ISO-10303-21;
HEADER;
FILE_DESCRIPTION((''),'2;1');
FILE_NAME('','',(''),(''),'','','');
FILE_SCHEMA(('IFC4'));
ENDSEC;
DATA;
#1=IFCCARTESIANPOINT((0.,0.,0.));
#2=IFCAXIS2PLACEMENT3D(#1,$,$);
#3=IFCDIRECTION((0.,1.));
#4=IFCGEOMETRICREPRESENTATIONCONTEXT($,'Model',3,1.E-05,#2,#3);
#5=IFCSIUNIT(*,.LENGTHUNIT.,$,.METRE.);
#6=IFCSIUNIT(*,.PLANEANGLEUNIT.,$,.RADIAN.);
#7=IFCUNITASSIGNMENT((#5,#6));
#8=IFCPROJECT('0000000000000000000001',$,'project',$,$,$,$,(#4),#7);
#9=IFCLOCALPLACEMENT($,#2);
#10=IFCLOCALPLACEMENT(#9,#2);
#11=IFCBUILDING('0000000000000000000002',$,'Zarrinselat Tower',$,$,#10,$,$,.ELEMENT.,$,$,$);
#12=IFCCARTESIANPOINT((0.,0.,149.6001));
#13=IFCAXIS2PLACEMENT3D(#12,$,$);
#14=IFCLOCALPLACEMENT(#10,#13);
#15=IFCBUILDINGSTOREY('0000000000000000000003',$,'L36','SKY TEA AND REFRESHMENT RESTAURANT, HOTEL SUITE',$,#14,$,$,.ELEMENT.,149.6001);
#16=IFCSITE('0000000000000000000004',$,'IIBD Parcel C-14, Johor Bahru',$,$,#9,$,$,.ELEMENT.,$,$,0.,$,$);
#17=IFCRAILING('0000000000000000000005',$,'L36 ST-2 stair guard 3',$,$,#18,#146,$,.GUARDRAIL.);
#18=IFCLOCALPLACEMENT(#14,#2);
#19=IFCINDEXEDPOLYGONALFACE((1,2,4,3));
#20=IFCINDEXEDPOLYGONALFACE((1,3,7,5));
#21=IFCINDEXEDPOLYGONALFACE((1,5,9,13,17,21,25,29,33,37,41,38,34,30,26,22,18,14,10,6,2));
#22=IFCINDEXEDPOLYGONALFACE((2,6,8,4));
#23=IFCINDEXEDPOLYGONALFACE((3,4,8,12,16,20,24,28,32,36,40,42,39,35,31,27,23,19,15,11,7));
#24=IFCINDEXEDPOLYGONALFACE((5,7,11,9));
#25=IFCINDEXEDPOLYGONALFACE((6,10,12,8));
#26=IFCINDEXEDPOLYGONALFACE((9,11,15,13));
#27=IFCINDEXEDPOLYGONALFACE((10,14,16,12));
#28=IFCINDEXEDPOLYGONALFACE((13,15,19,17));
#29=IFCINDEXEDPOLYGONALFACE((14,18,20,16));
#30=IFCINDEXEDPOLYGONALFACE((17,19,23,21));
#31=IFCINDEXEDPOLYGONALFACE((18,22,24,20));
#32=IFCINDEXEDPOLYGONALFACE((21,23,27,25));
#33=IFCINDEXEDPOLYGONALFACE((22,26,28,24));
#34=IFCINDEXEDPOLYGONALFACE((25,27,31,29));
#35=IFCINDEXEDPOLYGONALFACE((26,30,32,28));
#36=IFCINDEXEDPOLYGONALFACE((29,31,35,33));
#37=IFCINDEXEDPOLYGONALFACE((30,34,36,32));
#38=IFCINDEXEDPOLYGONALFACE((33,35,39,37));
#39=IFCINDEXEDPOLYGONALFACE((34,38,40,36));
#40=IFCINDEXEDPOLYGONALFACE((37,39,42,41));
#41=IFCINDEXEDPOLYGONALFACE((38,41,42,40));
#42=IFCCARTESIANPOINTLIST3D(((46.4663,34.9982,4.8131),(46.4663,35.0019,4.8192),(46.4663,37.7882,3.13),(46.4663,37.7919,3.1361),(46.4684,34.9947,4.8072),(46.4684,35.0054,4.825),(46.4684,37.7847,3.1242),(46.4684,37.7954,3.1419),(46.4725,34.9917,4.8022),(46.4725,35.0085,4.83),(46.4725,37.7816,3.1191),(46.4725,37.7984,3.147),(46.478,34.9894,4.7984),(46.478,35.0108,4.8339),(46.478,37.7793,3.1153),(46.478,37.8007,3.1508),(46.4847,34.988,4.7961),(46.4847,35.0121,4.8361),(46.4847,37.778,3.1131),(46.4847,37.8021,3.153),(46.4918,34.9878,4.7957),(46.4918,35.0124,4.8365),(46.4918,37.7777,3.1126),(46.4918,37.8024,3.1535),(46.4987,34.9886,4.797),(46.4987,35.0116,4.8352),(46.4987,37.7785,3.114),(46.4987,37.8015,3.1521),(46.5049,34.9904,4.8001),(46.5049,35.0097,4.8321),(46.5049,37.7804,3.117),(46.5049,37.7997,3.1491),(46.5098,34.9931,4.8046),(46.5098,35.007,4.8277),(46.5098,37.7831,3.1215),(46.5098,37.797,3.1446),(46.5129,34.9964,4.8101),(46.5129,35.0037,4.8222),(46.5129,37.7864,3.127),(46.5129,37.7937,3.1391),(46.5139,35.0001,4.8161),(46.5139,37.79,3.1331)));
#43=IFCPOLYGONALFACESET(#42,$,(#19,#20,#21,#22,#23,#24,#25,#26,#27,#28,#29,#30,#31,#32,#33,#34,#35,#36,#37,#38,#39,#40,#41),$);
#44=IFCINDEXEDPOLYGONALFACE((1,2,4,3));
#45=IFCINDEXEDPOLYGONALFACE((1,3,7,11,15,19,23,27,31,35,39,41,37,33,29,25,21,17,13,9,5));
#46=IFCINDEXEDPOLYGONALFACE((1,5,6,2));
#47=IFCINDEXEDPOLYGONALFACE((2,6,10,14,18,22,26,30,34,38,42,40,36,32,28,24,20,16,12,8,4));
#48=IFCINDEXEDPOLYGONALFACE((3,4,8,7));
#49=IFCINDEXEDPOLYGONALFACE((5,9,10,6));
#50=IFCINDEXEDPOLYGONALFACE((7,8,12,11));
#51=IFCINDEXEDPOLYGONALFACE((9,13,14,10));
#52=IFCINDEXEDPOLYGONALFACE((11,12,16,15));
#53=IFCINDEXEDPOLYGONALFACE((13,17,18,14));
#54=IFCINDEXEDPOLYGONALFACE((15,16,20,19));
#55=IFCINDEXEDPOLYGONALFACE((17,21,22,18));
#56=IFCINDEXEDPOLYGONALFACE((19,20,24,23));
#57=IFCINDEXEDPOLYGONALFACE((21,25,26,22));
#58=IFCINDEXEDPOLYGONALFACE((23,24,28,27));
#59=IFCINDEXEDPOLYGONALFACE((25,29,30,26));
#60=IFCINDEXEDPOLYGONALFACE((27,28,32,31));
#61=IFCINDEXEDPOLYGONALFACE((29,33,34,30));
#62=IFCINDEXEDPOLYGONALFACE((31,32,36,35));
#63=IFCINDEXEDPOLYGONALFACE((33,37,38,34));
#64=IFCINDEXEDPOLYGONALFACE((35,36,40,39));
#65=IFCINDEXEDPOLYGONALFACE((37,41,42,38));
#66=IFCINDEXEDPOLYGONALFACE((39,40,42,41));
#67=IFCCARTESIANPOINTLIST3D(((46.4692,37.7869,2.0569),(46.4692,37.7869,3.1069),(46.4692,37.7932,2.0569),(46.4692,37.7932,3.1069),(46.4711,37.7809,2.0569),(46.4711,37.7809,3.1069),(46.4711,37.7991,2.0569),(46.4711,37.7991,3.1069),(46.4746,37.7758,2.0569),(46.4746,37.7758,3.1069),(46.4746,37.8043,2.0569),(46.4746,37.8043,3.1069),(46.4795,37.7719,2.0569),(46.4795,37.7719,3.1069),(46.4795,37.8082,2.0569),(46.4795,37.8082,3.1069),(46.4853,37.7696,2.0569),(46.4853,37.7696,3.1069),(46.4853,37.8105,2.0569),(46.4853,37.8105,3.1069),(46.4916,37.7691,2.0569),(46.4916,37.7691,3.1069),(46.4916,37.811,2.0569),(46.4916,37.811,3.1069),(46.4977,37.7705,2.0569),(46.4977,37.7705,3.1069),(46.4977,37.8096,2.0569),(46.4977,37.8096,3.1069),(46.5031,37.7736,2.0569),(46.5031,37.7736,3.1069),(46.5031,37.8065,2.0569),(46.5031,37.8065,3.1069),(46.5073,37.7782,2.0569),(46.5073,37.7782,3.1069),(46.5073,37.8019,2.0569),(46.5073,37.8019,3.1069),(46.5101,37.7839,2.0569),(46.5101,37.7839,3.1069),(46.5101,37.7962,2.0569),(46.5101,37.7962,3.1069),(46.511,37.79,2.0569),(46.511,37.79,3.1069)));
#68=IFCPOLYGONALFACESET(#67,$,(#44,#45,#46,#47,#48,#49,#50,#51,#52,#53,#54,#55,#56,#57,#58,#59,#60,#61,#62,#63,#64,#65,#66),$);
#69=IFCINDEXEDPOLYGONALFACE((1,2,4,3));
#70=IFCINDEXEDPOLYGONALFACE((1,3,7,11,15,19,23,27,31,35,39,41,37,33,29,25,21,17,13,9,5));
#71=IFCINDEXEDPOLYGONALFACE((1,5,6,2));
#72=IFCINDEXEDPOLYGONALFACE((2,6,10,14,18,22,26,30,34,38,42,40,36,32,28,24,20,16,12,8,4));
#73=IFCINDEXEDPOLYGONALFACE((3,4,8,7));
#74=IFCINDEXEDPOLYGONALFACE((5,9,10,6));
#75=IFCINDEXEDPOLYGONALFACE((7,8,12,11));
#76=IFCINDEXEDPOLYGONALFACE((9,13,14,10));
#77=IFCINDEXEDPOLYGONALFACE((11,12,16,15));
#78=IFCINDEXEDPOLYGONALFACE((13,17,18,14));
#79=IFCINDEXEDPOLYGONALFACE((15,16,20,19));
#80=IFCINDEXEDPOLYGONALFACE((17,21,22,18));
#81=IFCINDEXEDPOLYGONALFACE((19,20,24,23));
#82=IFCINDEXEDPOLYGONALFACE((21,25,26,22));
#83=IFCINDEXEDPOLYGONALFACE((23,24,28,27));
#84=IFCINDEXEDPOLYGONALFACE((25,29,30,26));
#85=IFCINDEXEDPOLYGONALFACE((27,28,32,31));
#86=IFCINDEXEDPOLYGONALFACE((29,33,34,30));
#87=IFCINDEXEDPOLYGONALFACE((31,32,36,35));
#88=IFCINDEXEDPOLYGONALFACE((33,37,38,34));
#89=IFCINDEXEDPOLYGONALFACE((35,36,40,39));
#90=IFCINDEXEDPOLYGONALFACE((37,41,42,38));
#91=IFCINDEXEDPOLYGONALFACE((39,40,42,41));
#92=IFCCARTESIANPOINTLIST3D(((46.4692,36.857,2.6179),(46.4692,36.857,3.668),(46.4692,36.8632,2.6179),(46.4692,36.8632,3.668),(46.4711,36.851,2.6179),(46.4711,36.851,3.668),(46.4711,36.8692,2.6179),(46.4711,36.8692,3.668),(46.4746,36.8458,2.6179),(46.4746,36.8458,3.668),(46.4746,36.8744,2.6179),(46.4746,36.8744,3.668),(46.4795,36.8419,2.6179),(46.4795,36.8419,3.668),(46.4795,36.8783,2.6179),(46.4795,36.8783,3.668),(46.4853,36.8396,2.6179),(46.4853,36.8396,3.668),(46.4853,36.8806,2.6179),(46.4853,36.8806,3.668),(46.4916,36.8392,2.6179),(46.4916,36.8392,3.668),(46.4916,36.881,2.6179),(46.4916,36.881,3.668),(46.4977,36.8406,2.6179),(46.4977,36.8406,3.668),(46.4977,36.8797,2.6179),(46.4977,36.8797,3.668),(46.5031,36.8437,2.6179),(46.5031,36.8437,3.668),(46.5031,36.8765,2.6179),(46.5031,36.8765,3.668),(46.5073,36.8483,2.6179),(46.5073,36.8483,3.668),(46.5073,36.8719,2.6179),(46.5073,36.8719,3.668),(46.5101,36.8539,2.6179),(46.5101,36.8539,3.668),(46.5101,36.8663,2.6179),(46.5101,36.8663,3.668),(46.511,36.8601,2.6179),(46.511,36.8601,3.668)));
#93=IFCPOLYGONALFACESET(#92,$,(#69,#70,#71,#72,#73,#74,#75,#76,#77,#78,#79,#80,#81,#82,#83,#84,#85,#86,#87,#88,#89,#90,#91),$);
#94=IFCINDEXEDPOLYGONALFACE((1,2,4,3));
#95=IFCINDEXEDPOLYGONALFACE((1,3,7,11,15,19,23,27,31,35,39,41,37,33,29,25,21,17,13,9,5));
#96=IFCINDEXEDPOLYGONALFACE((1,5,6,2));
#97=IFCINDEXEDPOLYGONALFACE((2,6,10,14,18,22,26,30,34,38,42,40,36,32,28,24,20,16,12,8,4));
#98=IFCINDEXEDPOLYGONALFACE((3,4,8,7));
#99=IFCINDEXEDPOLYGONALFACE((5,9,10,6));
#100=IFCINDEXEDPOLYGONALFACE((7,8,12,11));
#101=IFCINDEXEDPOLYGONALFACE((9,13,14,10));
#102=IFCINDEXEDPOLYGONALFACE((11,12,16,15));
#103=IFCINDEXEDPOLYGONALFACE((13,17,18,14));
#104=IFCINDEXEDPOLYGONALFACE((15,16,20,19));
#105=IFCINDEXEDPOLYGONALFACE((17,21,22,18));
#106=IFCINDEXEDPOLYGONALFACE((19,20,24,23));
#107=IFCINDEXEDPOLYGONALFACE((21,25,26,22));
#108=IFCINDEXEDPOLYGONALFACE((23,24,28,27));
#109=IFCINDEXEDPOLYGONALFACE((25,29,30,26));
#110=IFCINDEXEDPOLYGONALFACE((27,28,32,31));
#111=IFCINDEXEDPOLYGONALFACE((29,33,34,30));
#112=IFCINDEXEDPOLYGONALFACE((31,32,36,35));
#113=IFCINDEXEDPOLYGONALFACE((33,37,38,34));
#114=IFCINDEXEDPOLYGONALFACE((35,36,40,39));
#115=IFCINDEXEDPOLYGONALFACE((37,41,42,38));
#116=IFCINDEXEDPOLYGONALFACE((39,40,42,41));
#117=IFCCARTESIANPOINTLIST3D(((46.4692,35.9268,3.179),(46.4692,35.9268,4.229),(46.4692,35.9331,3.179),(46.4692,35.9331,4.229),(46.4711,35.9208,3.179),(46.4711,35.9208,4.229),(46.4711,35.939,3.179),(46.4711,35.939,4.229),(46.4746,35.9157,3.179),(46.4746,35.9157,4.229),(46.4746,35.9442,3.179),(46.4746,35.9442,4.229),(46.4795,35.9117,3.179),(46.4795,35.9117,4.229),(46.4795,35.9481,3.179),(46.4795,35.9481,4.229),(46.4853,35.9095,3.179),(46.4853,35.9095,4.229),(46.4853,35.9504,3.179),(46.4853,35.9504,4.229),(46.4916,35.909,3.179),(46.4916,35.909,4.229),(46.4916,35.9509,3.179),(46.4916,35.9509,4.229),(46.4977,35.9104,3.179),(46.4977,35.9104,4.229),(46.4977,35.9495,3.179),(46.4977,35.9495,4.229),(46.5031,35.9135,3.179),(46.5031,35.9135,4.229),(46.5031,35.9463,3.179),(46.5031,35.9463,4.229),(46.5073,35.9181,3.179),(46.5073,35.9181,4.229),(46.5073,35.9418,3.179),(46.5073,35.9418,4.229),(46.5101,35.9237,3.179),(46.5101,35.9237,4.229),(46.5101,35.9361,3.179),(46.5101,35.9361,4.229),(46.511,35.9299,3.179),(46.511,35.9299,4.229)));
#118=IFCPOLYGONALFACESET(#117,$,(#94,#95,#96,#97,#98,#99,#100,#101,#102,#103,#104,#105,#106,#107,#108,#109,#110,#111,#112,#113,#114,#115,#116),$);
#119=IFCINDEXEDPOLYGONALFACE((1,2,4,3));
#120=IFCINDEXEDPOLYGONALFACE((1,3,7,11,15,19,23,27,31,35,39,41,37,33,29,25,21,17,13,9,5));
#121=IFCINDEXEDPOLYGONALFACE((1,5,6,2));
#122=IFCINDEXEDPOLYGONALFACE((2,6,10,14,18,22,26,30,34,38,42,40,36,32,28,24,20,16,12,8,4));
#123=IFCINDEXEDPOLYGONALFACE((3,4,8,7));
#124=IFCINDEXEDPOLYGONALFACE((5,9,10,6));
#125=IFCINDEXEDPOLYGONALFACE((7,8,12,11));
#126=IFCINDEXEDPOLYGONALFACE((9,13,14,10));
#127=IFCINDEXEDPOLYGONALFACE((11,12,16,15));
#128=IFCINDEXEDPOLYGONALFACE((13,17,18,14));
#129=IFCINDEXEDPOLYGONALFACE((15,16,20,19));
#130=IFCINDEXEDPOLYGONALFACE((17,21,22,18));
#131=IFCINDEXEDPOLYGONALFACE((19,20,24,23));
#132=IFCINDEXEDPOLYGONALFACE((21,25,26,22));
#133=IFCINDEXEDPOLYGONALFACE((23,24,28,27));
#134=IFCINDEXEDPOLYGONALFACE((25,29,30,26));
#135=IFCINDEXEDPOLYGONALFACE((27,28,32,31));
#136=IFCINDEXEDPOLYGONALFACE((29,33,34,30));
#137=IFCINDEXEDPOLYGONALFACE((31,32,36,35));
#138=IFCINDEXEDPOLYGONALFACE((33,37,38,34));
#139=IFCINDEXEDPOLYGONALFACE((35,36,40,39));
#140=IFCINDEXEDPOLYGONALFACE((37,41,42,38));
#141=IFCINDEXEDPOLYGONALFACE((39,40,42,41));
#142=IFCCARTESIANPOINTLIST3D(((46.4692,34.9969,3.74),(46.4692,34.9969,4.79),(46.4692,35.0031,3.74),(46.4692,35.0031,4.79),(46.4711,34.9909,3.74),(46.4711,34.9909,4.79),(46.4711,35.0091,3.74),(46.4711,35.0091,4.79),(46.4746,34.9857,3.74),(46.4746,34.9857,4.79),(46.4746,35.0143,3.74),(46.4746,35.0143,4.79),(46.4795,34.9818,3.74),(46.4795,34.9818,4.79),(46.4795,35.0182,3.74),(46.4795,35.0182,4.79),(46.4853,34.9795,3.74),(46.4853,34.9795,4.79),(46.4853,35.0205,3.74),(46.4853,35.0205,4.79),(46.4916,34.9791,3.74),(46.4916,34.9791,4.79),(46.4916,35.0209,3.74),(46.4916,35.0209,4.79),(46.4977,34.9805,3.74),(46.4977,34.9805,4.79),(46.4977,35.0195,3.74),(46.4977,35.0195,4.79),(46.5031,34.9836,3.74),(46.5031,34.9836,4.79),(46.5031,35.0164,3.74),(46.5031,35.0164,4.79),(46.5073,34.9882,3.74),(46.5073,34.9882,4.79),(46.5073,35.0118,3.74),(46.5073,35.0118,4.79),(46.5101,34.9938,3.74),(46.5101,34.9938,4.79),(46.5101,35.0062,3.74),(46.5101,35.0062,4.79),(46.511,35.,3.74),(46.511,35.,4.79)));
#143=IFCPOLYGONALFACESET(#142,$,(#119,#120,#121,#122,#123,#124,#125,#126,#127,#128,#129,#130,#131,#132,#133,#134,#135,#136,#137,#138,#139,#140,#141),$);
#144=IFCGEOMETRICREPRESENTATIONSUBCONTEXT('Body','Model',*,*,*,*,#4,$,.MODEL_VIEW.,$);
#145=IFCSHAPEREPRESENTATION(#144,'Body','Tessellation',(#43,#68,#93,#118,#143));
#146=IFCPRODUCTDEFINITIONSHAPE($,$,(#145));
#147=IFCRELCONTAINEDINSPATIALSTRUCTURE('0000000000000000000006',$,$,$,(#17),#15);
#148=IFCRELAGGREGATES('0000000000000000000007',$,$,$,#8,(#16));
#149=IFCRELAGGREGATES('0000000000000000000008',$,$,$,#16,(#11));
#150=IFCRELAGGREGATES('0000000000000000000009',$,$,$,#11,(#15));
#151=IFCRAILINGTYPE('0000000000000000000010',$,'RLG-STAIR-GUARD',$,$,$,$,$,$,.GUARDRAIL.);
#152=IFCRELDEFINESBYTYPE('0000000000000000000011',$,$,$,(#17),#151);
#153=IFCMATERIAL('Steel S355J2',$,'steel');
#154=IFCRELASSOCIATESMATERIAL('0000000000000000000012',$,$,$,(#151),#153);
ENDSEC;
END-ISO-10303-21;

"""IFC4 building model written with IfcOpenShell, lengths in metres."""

from ifc_helpers import new_model, si_unit, direction, frame, origin, origin_2d, place, context, subcontext, project, spatial, circle, extrude, material, type_object, element, save


model = new_model("IFC4")

# Units and contexts
model_context = context("Model", 3, precision=1e-05, world=origin(), true_north=direction((0.0, 1.0)))
body_context = subcontext(model_context, "Body", "Model", "MODEL_VIEW")
ifc_project = project(units=[si_unit("LENGTHUNIT", "METRE"), si_unit("PLANEANGLEUNIT", "RADIAN")], contexts=[model_context])

# Site, building, storey
site_placement = place(None, origin())
site = spatial("IfcSite", under=ifc_project, at=site_placement, Name="IIBD Parcel C-14, Johor Bahru", CompositionType="ELEMENT", RefElevation=0.0)
building_placement = place(site_placement, origin())
building = spatial("IfcBuilding", under=site, at=building_placement, Name="Zarrinselat Tower", CompositionType="ELEMENT")
storey_placement = place(building_placement, frame((0.0, 0.0, 149.6001)))
storey = spatial("IfcBuildingStorey", under=building, at=storey_placement, Name="L36", Description="SKY TEA AND REFRESHMENT RESTAURANT, HOTEL SUITE", CompositionType="ELEMENT", Elevation=149.6001)

# Railing
ifc_material_1 = material(Name="Steel S355J2", Category="steel")
railing_type_1 = type_object("IfcRailingType", Name="RLG-STAIR-GUARD", PredefinedType="GUARDRAIL", material=ifc_material_1)
railing_1_placement = place(storey_placement, frame((46.49, 37.79, 2.0569)))
element("IfcRailing", 1, at=railing_1_placement, inside=storey, type_object=railing_type_1, Name="L36 ST-2 stair guard 3", PredefinedType="GUARDRAIL", context=body_context, shape_type="SweptSolid", body=[
    extrude(circle(Radius=0.0239, at=origin_2d()), frame((0.0, 0.0, 1.0762), z_axis=(0.0, -0.856261, 0.516544), x_axis=(1.0, 0.0, 0.0)), (0.0, 0.0, 1.0), 3.2583),
    extrude(circle(Radius=0.021, at=origin_2d()), origin(), (0.0, 0.0, 1.0), 1.05),
    extrude(circle(Radius=0.021, at=origin_2d()), frame((0.0, -0.9299, 0.561)), (0.0, 0.0, 1.0), 1.05),
    extrude(circle(Radius=0.021, at=origin_2d()), frame((0.0, -1.8601, 1.1221)), (0.0, 0.0, 1.0), 1.05),
    extrude(circle(Radius=0.021, at=origin_2d()), frame((0.0, -2.79, 1.6831)), (0.0, 0.0, 1.0), 1.05),
])

save(model, "model.ifc")
